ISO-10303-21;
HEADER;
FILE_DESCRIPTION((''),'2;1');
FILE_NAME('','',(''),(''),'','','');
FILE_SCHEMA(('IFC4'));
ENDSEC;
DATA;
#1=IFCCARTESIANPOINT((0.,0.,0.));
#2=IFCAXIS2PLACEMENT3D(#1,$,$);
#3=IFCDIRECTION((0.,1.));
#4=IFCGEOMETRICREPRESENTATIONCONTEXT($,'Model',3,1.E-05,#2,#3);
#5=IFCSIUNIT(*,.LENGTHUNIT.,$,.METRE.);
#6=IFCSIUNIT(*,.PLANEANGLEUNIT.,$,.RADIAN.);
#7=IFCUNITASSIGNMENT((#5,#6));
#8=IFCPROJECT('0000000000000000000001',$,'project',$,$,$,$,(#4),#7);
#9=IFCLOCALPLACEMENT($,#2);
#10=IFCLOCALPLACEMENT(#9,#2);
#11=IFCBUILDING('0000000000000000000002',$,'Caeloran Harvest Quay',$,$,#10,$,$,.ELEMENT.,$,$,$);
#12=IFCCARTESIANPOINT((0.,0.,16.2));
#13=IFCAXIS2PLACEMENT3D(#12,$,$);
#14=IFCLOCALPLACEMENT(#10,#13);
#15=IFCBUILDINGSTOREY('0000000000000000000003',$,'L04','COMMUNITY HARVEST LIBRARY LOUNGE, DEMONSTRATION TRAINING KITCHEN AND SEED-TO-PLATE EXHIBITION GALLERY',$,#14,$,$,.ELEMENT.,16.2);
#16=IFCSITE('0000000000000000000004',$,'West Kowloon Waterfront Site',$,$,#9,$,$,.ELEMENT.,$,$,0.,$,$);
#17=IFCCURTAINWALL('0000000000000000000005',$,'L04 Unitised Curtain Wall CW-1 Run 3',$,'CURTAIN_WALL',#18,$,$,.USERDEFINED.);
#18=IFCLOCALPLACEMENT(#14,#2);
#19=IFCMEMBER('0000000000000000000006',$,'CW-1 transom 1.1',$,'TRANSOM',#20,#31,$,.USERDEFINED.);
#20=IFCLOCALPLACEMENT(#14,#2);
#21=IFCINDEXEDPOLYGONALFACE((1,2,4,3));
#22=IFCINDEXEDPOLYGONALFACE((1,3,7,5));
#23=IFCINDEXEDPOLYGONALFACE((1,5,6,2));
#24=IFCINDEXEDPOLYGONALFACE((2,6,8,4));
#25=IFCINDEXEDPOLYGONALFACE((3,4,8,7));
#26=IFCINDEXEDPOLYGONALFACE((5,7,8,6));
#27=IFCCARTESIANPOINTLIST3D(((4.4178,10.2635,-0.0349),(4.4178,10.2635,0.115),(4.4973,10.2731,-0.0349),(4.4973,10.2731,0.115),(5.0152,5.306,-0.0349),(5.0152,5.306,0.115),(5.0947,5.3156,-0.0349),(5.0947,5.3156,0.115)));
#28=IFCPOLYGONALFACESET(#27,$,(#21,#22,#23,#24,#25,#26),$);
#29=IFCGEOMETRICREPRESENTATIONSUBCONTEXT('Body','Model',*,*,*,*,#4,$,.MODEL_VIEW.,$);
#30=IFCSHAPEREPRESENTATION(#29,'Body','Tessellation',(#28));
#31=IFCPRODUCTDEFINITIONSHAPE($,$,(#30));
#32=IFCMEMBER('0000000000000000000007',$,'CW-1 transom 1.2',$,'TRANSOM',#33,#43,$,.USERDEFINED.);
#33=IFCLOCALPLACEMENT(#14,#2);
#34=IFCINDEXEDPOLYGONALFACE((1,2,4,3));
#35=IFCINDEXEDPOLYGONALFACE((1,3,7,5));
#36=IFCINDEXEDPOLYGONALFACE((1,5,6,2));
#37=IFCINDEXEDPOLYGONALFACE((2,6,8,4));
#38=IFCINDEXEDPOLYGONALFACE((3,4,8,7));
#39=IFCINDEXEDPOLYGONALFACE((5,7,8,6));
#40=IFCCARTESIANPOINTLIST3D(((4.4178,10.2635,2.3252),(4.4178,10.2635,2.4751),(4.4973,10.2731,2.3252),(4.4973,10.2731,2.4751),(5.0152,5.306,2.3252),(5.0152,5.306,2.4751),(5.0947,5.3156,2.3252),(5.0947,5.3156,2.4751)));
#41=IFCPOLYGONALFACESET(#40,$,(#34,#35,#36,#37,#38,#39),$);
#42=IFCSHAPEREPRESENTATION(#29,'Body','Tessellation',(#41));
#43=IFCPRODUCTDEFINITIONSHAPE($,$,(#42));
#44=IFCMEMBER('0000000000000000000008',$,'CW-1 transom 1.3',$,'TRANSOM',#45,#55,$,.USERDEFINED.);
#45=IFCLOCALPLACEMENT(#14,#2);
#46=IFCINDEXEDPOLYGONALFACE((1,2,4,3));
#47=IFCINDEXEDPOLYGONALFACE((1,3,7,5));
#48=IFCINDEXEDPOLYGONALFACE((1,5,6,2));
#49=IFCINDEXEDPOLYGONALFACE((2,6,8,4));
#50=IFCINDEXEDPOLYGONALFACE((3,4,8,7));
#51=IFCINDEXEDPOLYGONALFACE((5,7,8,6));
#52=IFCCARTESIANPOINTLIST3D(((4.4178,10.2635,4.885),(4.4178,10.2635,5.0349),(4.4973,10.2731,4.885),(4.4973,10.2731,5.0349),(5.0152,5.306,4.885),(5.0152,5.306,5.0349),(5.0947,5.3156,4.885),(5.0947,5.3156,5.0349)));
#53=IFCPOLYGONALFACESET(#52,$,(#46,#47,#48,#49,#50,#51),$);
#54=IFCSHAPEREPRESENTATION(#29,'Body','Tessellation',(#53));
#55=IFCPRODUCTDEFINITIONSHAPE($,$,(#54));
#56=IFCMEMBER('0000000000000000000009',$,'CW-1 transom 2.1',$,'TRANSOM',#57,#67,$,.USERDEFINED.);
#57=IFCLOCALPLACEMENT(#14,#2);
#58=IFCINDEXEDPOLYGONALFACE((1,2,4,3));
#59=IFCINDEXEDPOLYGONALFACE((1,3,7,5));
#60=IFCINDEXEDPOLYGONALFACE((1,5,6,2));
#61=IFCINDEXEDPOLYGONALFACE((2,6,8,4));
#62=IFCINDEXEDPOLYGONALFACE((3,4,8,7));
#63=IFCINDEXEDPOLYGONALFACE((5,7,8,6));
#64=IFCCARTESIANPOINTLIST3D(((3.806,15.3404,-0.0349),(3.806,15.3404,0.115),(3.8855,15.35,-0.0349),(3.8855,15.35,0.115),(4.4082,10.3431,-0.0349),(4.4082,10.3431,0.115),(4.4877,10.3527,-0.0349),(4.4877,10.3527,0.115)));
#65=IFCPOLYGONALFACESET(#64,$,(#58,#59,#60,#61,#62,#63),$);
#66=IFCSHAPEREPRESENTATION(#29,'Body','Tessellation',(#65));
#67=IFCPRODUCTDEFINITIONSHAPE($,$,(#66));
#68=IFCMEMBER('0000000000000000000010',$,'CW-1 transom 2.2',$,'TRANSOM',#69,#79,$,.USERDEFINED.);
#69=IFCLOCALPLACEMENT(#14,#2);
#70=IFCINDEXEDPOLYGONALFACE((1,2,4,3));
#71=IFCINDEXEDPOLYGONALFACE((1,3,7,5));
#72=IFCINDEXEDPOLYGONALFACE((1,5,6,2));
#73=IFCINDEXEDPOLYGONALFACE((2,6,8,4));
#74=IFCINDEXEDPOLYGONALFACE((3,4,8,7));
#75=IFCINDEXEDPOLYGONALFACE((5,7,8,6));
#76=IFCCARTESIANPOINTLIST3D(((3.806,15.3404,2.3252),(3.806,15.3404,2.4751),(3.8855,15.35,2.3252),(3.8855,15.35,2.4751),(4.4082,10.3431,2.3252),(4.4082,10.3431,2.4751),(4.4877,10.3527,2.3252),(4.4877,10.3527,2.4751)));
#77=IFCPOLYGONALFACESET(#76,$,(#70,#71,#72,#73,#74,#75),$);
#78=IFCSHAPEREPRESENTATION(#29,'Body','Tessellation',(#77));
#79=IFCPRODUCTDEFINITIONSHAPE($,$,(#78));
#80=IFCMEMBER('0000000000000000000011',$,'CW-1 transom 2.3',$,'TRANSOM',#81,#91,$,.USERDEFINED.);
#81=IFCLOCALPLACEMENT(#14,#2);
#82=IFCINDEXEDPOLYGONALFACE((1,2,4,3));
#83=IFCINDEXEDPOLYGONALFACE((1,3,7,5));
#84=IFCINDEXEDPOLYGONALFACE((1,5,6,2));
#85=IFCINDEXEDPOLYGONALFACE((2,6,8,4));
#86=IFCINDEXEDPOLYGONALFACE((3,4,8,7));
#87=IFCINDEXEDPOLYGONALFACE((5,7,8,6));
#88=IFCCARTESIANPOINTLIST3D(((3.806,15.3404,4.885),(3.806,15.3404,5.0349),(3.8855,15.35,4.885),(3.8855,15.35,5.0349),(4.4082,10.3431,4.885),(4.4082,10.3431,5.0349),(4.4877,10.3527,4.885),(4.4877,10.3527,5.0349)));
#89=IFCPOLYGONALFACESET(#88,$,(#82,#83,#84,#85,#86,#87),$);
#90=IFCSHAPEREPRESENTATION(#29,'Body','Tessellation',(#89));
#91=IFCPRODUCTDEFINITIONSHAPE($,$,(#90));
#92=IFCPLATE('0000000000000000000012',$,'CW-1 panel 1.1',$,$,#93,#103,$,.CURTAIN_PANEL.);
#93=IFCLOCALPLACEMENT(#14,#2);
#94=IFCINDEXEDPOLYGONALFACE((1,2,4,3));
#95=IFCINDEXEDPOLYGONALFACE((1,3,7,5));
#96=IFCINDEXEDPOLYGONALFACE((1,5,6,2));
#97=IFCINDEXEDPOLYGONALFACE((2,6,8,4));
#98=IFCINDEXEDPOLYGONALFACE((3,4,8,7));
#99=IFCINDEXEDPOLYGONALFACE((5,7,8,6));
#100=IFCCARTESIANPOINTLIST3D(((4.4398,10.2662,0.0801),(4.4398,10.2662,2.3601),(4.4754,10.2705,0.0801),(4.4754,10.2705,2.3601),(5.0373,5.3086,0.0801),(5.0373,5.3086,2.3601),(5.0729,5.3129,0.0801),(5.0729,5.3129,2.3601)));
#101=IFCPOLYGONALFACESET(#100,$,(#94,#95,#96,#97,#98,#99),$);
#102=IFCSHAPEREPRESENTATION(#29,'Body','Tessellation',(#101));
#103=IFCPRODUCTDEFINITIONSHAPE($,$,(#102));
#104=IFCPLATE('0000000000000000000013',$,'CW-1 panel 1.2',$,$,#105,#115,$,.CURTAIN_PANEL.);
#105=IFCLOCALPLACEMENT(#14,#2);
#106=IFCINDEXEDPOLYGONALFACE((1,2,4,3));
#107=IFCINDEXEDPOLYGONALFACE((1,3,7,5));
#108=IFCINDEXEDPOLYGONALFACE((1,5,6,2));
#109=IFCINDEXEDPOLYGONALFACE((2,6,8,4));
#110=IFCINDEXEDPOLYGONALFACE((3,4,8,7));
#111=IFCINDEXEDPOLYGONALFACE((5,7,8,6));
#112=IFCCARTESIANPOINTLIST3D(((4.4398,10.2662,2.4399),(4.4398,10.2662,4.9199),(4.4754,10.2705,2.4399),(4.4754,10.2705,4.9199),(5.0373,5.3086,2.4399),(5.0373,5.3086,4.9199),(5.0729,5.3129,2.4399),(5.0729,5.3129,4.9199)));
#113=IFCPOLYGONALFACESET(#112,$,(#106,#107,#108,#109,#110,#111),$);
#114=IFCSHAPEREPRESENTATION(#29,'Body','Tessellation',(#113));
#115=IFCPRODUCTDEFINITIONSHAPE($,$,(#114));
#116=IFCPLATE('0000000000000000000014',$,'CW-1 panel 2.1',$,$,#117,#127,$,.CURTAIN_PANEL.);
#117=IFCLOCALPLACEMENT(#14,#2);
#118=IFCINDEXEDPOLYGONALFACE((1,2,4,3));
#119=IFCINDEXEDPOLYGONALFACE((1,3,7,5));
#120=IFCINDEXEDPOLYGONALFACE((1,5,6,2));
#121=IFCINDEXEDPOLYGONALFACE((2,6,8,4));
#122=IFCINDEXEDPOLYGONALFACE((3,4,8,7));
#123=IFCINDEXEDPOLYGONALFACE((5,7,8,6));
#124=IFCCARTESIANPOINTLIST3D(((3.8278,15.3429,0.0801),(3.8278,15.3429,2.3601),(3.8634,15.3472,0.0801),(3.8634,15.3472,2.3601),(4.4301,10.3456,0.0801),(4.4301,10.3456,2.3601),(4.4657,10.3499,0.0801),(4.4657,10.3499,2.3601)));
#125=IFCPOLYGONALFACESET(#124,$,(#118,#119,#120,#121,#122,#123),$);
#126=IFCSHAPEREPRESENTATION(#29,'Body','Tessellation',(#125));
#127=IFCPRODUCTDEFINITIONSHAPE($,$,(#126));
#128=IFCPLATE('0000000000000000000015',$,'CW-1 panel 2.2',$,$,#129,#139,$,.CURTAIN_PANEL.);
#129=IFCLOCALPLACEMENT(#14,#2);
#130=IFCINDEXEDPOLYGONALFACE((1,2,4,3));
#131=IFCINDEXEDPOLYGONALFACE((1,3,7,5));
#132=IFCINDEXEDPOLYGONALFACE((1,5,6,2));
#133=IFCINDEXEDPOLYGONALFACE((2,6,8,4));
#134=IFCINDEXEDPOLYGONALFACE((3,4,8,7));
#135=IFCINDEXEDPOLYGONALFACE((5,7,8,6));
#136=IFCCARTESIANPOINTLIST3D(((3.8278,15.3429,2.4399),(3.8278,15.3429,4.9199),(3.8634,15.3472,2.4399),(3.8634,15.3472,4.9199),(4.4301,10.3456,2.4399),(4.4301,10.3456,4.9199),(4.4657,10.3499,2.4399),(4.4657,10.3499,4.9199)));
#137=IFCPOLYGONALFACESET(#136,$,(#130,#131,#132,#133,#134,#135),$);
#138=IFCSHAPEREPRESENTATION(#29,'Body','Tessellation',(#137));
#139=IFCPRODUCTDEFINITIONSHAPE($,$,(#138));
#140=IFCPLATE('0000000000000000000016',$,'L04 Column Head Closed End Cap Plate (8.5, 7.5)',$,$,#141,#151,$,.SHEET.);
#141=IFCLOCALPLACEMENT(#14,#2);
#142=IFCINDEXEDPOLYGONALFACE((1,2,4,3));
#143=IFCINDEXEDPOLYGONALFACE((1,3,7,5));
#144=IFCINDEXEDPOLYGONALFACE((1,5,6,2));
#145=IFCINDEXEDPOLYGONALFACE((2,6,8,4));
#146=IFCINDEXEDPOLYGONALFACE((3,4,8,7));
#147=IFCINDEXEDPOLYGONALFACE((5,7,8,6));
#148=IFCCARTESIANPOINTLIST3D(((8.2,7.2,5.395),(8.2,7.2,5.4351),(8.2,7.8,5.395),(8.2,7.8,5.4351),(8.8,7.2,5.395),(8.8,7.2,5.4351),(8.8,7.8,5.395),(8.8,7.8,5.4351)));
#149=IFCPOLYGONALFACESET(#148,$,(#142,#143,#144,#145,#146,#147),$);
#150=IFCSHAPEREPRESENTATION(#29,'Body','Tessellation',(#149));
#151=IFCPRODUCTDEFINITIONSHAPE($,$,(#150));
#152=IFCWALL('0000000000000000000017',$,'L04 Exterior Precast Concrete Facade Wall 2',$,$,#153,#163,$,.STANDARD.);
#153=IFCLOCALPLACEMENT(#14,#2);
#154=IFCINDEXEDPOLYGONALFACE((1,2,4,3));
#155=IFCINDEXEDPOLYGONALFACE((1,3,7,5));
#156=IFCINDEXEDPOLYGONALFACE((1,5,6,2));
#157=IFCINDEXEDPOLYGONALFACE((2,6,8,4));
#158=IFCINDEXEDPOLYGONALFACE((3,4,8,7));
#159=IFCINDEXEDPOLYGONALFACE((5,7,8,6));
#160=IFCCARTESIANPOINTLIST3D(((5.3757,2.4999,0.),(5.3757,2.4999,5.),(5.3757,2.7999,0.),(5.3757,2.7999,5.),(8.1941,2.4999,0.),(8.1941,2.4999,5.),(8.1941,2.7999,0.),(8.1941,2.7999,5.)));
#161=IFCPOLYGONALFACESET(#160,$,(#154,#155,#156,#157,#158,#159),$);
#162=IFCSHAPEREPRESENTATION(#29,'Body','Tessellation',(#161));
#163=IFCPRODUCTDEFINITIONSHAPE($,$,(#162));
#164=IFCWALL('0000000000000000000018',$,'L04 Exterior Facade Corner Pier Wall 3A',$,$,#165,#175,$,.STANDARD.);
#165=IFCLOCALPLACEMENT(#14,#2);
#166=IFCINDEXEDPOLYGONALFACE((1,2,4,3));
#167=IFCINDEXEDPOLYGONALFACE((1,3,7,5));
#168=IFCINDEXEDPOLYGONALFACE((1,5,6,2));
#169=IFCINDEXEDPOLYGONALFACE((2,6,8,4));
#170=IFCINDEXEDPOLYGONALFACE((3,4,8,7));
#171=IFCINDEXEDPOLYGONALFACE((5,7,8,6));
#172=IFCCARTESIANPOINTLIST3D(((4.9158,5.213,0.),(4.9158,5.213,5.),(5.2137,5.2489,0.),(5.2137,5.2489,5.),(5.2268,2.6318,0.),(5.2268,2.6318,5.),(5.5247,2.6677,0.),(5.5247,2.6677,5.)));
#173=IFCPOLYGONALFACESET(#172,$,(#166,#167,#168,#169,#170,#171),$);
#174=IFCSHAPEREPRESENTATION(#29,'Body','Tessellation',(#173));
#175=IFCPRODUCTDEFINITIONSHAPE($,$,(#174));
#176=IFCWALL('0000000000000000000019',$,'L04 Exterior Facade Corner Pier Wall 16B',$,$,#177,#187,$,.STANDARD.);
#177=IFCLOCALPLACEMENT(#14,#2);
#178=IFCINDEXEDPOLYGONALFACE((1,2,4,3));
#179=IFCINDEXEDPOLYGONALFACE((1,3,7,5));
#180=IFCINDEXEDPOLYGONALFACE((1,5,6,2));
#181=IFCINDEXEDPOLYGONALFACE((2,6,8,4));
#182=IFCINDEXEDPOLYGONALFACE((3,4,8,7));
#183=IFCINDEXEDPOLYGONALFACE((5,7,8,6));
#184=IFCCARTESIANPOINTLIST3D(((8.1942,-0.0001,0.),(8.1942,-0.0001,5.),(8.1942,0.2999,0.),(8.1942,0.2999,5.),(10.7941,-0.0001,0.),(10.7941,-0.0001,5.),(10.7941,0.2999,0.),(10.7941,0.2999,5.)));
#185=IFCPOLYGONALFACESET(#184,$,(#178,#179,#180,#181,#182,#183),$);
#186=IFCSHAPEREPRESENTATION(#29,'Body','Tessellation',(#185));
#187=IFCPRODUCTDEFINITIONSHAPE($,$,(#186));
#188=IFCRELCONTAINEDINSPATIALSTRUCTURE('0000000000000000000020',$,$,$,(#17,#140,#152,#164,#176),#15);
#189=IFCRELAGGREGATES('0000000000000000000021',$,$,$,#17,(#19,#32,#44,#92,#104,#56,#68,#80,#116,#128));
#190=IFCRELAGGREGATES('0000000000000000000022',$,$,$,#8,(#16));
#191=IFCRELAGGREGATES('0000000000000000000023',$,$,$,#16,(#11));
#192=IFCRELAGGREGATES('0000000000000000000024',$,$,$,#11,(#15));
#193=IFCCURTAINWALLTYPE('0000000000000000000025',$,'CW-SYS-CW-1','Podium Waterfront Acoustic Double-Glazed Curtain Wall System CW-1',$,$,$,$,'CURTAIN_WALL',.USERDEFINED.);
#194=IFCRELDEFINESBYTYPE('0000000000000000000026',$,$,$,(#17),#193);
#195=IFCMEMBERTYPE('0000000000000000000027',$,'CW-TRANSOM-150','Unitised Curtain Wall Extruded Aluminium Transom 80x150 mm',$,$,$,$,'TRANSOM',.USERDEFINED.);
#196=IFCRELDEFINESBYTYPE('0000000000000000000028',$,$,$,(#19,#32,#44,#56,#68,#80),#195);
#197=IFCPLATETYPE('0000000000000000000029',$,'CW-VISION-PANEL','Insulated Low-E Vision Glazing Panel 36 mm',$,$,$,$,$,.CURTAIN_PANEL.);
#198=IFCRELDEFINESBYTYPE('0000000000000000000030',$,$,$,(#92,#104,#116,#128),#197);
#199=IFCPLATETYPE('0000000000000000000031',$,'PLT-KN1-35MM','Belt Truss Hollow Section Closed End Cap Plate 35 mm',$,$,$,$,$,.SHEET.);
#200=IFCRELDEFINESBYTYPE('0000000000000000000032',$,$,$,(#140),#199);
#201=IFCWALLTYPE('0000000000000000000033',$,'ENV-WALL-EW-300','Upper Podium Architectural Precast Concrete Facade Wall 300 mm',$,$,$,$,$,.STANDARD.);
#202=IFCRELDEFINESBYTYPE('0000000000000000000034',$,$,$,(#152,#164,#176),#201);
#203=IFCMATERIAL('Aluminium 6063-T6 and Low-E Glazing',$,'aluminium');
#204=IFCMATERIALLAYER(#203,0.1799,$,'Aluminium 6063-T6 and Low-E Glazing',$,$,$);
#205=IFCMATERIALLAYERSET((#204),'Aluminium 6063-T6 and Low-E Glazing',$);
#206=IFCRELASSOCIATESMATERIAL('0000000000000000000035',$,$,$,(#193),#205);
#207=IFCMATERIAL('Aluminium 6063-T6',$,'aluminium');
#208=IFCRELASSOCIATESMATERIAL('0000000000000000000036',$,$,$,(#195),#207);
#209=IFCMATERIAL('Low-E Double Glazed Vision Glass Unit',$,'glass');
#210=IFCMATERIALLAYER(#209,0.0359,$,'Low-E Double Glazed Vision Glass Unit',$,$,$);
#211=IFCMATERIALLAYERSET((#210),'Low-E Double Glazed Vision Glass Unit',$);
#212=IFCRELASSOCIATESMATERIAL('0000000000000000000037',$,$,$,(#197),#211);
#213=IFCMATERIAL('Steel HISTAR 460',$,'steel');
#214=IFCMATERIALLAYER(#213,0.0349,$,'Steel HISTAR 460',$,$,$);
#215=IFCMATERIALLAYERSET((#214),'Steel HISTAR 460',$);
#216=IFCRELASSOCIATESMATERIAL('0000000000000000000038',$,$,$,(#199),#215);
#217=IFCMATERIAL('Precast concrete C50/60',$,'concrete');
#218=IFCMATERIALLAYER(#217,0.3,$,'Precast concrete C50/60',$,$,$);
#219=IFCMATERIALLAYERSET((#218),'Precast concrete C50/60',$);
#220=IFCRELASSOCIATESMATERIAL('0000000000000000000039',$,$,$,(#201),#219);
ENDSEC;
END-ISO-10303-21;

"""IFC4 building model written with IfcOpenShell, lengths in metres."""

from ifc_helpers import new_model, si_unit, direction, frame, frame_2d, origin, origin_2d, place, context, subcontext, project, spatial, rectangle, extrude, material, layer, layer_set, material_profile, profile_set, type_object, element, aggregate, save


model = new_model("IFC4")

# Units and contexts
model_context = context("Model", 3, precision=1e-05, world=origin(), true_north=direction((0.0, 1.0)))
body_context = subcontext(model_context, "Body", "Model", "MODEL_VIEW")
ifc_project = project(units=[si_unit("LENGTHUNIT", "METRE"), si_unit("PLANEANGLEUNIT", "RADIAN")], contexts=[model_context])

# Site, building, storey
site_placement = place(None, origin())
site = spatial("IfcSite", under=ifc_project, at=site_placement, Name="West Kowloon Waterfront Site", CompositionType="ELEMENT", RefElevation=0.0)
building_placement = place(site_placement, origin())
building = spatial("IfcBuilding", under=site, at=building_placement, Name="Caeloran Harvest Quay", CompositionType="ELEMENT")
storey_placement = place(building_placement, frame((0.0, 0.0, 16.2)))
storey = spatial("IfcBuildingStorey", under=building, at=storey_placement, Name="L04", Description="COMMUNITY HARVEST LIBRARY LOUNGE, DEMONSTRATION TRAINING KITCHEN AND SEED-TO-PLATE EXHIBITION GALLERY", CompositionType="ELEMENT", Elevation=16.2)

# Shared definitions
ifc_material_1 = material(Name="Steel HISTAR 460", Category="steel")

# Curtain wall
ifc_material_2 = material(Name="Aluminium 6063-T6 and Low-E Glazing", Category="aluminium")
ifc_layer_1 = layer(ifc_material_2, 0.1799, Name="Aluminium 6063-T6 and Low-E Glazing")
ifc_layer_set_1 = layer_set([ifc_layer_1], Name="Aluminium 6063-T6 and Low-E Glazing")
curtain_wall_type = type_object("IfcCurtainWallType", Name="CW-SYS-CW-1", Description="Podium Waterfront Acoustic Double-Glazed Curtain Wall System CW-1", ElementType="CURTAIN_WALL", PredefinedType="USERDEFINED", material=ifc_layer_set_1)
curtain_wall_1_placement = place(storey_placement, origin())
curtain_wall_1 = element("IfcCurtainWall", 1, at=curtain_wall_1_placement, inside=storey, type_object=curtain_wall_type, Name="L04 Unitised Curtain Wall CW-1 Run 3", ObjectType="CURTAIN_WALL", PredefinedType="USERDEFINED")
ifc_material_3 = material(Name="Aluminium 6063-T6", Category="aluminium")

# Members
ifc_material_profile_1 = material_profile(ifc_material_3, rectangle(XDim=0.0801, YDim=0.1499, at=origin_2d()), Name="CW-TRANSOM-150")
ifc_profile_set_1 = profile_set([ifc_material_profile_1], Name="Aluminium 6063-T6")
member_type_1 = type_object("IfcMemberType", Name="CW-TRANSOM-150", Description="Unitised Curtain Wall Extruded Aluminium Transom 80x150 mm", ElementType="TRANSOM", PredefinedType="USERDEFINED", material=ifc_profile_set_1)
member_1_placement = place(storey_placement, frame((5.0549, 5.3108, 0.04), z_axis=(-0.119641, 0.992817, 0.0), x_axis=(-0.992817, -0.119641, 0.0)))
member_1 = element("IfcMember", 2, at=member_1_placement, type_object=member_type_1, Name="CW-1 transom 1.1", ObjectType="TRANSOM", PredefinedType="USERDEFINED", context=body_context, shape_type="SweptSolid", body=[
    extrude(rectangle(XDim=0.0801, YDim=0.1499, at=origin_2d()), origin(), (0.0, 0.0, 1.0), 4.9934),
])
member_2_placement = place(storey_placement, frame((5.0549, 5.3108, 2.4001), z_axis=(-0.119641, 0.992817, 0.0), x_axis=(-0.992817, -0.119641, 0.0)))
member_2 = element("IfcMember", 3, at=member_2_placement, type_object=member_type_1, Name="CW-1 transom 1.2", ObjectType="TRANSOM", PredefinedType="USERDEFINED", context=body_context, shape_type="SweptSolid", body=[
    extrude(rectangle(XDim=0.0801, YDim=0.1499, at=origin_2d()), origin(), (0.0, 0.0, 1.0), 4.9934),
])
member_3_placement = place(storey_placement, frame((5.0549, 5.3108, 4.96), z_axis=(-0.119641, 0.992817, 0.0), x_axis=(-0.992817, -0.119641, 0.0)))
member_3 = element("IfcMember", 4, at=member_3_placement, type_object=member_type_1, Name="CW-1 transom 1.3", ObjectType="TRANSOM", PredefinedType="USERDEFINED", context=body_context, shape_type="SweptSolid", body=[
    extrude(rectangle(XDim=0.0801, YDim=0.1499, at=origin_2d()), origin(), (0.0, 0.0, 1.0), 4.9934),
])
member_4_placement = place(storey_placement, frame((4.448, 10.3479, 0.04), z_axis=(-0.119658, 0.992815, 0.0), x_axis=(-0.992815, -0.119658, 0.0)))
member_4 = element("IfcMember", 5, at=member_4_placement, type_object=member_type_1, Name="CW-1 transom 2.1", ObjectType="TRANSOM", PredefinedType="USERDEFINED", context=body_context, shape_type="SweptSolid", body=[
    extrude(rectangle(XDim=0.0801, YDim=0.1499, at=origin_2d()), origin(), (0.0, 0.0, 1.0), 5.0334),
])
member_5_placement = place(storey_placement, frame((4.448, 10.3479, 2.4001), z_axis=(-0.119658, 0.992815, 0.0), x_axis=(-0.992815, -0.119658, 0.0)))
member_5 = element("IfcMember", 6, at=member_5_placement, type_object=member_type_1, Name="CW-1 transom 2.2", ObjectType="TRANSOM", PredefinedType="USERDEFINED", context=body_context, shape_type="SweptSolid", body=[
    extrude(rectangle(XDim=0.0801, YDim=0.1499, at=origin_2d()), origin(), (0.0, 0.0, 1.0), 5.0334),
])
member_6_placement = place(storey_placement, frame((4.448, 10.3479, 4.96), z_axis=(-0.119658, 0.992815, 0.0), x_axis=(-0.992815, -0.119658, 0.0)))
member_6 = element("IfcMember", 7, at=member_6_placement, type_object=member_type_1, Name="CW-1 transom 2.3", ObjectType="TRANSOM", PredefinedType="USERDEFINED", context=body_context, shape_type="SweptSolid", body=[
    extrude(rectangle(XDim=0.0801, YDim=0.1499, at=origin_2d()), origin(), (0.0, 0.0, 1.0), 5.0334),
])

# Plates
ifc_material_4 = material(Name="Low-E Double Glazed Vision Glass Unit", Category="glass")
ifc_layer_2 = layer(ifc_material_4, 0.0359, Name="Low-E Double Glazed Vision Glass Unit")
ifc_layer_set_2 = layer_set([ifc_layer_2], Name="Low-E Double Glazed Vision Glass Unit")
plate_type_1 = type_object("IfcPlateType", Name="CW-VISION-PANEL", Description="Insulated Low-E Vision Glazing Panel 36 mm", PredefinedType="CURTAIN_PANEL", material=ifc_layer_set_2)
plate_1_placement = place(storey_placement, frame((4.7563, 7.7896, 0.0801), z_axis=(0.0, 0.0, 1.0), x_axis=(-0.119655, 0.992816, 0.0)))
plate_1 = element("IfcPlate", 8, at=plate_1_placement, type_object=plate_type_1, Name="CW-1 panel 1.1", PredefinedType="CURTAIN_PANEL", context=body_context, shape_type="SweptSolid", body=[
    extrude(rectangle(XDim=4.9934, YDim=0.0359, at=origin_2d()), origin(), (0.0, 0.0, 1.0), 2.28),
])
plate_2_placement = place(storey_placement, frame((4.7563, 7.7896, 2.4399), z_axis=(0.0, 0.0, 1.0), x_axis=(-0.119655, 0.992816, 0.0)))
plate_2 = element("IfcPlate", 9, at=plate_2_placement, type_object=plate_type_1, Name="CW-1 panel 1.2", PredefinedType="CURTAIN_PANEL", context=body_context, shape_type="SweptSolid", body=[
    extrude(rectangle(XDim=4.9934, YDim=0.0359, at=origin_2d()), origin(), (0.0, 0.0, 1.0), 2.48),
])
plate_3_placement = place(storey_placement, frame((4.1467, 12.8464, 0.0801), z_axis=(0.0, 0.0, 1.0), x_axis=(-0.119655, 0.992816, 0.0)))
plate_3 = element("IfcPlate", 10, at=plate_3_placement, type_object=plate_type_1, Name="CW-1 panel 2.1", PredefinedType="CURTAIN_PANEL", context=body_context, shape_type="SweptSolid", body=[
    extrude(rectangle(XDim=5.0334, YDim=0.0359, at=origin_2d()), origin(), (0.0, 0.0, 1.0), 2.28),
])
plate_4_placement = place(storey_placement, frame((4.1467, 12.8464, 2.4399), z_axis=(0.0, 0.0, 1.0), x_axis=(-0.119655, 0.992816, 0.0)))
plate_4 = element("IfcPlate", 11, at=plate_4_placement, type_object=plate_type_1, Name="CW-1 panel 2.2", PredefinedType="CURTAIN_PANEL", context=body_context, shape_type="SweptSolid", body=[
    extrude(rectangle(XDim=5.0334, YDim=0.0359, at=origin_2d()), origin(), (0.0, 0.0, 1.0), 2.48),
])
aggregate(curtain_wall_1, [member_1, member_2, member_3, plate_1, plate_2, member_4, member_5, member_6, plate_3, plate_4])
ifc_layer_3 = layer(ifc_material_1, 0.0349, Name="Steel HISTAR 460")
ifc_layer_set_3 = layer_set([ifc_layer_3], Name="Steel HISTAR 460")
plate_type_2 = type_object("IfcPlateType", Name="PLT-KN1-35MM", Description="Belt Truss Hollow Section Closed End Cap Plate 35 mm", PredefinedType="SHEET", material=ifc_layer_set_3)
plate_5_placement = place(storey_placement, frame((8.5, 7.5, 5.395), z_axis=(0.0, 0.0, 1.0), x_axis=(1.0, 0.0, 0.0)))
element("IfcPlate", 12, at=plate_5_placement, inside=storey, type_object=plate_type_2, Name="L04 Column Head Closed End Cap Plate (8.5, 7.5)", PredefinedType="SHEET", context=body_context, shape_type="SweptSolid", body=[
    extrude(rectangle(XDim=0.6001, YDim=0.6001, at=origin_2d()), origin(), (0.0, 0.0, 1.0), 0.04),
])

# Walls
ifc_material_5 = material(Name="Precast concrete C50/60", Category="concrete")
ifc_layer_4 = layer(ifc_material_5, 0.3, Name="Precast concrete C50/60")
ifc_layer_set_4 = layer_set([ifc_layer_4], Name="Precast concrete C50/60")
wall_type_1 = type_object("IfcWallType", Name="ENV-WALL-EW-300", Description="Upper Podium Architectural Precast Concrete Facade Wall 300 mm", PredefinedType="STANDARD", material=ifc_layer_set_4)
wall_1_placement = place(storey_placement, frame((8.1941, 2.6499, 0.0), z_axis=(0.0, 0.0, 1.0), x_axis=(-1.0, 0.0, 0.0)))
element("IfcWall", 13, at=wall_1_placement, inside=storey, type_object=wall_type_1, Name="L04 Exterior Precast Concrete Facade Wall 2", PredefinedType="STANDARD", context=body_context, shape_type="SweptSolid", body=[
    extrude(rectangle(XDim=2.8184, YDim=0.3, at=frame_2d((1.4092, 0.0))), origin(), (0.0, 0.0, 1.0), 5.0),
])
for number, where, z_axis, x_axis, name in (
    (14, (5.3757, 2.6499, 0.0), (0.0, 0.0, 1.0), (-0.11963, 0.992819, 0.0), "L04 Exterior Facade Corner Pier Wall 3A"),
    (15, (10.7939, 0.1499, 0.0), (0.0, 0.0, 1.0), (-1.0, 0.0, 0.0), "L04 Exterior Facade Corner Pier Wall 16B"),
):
    element("IfcWall", number, at=place(storey_placement, frame(where, z_axis=z_axis, x_axis=x_axis)), inside=storey, type_object=wall_type_1, Name=name, PredefinedType="STANDARD", context=body_context, shape_type="SweptSolid", body=[
        extrude(rectangle(XDim=2.5999, YDim=0.3, at=frame_2d((1.2998, 0.0))), origin(), (0.0, 0.0, 1.0), 5.0),
    ])

save(model, "model.ifc")
